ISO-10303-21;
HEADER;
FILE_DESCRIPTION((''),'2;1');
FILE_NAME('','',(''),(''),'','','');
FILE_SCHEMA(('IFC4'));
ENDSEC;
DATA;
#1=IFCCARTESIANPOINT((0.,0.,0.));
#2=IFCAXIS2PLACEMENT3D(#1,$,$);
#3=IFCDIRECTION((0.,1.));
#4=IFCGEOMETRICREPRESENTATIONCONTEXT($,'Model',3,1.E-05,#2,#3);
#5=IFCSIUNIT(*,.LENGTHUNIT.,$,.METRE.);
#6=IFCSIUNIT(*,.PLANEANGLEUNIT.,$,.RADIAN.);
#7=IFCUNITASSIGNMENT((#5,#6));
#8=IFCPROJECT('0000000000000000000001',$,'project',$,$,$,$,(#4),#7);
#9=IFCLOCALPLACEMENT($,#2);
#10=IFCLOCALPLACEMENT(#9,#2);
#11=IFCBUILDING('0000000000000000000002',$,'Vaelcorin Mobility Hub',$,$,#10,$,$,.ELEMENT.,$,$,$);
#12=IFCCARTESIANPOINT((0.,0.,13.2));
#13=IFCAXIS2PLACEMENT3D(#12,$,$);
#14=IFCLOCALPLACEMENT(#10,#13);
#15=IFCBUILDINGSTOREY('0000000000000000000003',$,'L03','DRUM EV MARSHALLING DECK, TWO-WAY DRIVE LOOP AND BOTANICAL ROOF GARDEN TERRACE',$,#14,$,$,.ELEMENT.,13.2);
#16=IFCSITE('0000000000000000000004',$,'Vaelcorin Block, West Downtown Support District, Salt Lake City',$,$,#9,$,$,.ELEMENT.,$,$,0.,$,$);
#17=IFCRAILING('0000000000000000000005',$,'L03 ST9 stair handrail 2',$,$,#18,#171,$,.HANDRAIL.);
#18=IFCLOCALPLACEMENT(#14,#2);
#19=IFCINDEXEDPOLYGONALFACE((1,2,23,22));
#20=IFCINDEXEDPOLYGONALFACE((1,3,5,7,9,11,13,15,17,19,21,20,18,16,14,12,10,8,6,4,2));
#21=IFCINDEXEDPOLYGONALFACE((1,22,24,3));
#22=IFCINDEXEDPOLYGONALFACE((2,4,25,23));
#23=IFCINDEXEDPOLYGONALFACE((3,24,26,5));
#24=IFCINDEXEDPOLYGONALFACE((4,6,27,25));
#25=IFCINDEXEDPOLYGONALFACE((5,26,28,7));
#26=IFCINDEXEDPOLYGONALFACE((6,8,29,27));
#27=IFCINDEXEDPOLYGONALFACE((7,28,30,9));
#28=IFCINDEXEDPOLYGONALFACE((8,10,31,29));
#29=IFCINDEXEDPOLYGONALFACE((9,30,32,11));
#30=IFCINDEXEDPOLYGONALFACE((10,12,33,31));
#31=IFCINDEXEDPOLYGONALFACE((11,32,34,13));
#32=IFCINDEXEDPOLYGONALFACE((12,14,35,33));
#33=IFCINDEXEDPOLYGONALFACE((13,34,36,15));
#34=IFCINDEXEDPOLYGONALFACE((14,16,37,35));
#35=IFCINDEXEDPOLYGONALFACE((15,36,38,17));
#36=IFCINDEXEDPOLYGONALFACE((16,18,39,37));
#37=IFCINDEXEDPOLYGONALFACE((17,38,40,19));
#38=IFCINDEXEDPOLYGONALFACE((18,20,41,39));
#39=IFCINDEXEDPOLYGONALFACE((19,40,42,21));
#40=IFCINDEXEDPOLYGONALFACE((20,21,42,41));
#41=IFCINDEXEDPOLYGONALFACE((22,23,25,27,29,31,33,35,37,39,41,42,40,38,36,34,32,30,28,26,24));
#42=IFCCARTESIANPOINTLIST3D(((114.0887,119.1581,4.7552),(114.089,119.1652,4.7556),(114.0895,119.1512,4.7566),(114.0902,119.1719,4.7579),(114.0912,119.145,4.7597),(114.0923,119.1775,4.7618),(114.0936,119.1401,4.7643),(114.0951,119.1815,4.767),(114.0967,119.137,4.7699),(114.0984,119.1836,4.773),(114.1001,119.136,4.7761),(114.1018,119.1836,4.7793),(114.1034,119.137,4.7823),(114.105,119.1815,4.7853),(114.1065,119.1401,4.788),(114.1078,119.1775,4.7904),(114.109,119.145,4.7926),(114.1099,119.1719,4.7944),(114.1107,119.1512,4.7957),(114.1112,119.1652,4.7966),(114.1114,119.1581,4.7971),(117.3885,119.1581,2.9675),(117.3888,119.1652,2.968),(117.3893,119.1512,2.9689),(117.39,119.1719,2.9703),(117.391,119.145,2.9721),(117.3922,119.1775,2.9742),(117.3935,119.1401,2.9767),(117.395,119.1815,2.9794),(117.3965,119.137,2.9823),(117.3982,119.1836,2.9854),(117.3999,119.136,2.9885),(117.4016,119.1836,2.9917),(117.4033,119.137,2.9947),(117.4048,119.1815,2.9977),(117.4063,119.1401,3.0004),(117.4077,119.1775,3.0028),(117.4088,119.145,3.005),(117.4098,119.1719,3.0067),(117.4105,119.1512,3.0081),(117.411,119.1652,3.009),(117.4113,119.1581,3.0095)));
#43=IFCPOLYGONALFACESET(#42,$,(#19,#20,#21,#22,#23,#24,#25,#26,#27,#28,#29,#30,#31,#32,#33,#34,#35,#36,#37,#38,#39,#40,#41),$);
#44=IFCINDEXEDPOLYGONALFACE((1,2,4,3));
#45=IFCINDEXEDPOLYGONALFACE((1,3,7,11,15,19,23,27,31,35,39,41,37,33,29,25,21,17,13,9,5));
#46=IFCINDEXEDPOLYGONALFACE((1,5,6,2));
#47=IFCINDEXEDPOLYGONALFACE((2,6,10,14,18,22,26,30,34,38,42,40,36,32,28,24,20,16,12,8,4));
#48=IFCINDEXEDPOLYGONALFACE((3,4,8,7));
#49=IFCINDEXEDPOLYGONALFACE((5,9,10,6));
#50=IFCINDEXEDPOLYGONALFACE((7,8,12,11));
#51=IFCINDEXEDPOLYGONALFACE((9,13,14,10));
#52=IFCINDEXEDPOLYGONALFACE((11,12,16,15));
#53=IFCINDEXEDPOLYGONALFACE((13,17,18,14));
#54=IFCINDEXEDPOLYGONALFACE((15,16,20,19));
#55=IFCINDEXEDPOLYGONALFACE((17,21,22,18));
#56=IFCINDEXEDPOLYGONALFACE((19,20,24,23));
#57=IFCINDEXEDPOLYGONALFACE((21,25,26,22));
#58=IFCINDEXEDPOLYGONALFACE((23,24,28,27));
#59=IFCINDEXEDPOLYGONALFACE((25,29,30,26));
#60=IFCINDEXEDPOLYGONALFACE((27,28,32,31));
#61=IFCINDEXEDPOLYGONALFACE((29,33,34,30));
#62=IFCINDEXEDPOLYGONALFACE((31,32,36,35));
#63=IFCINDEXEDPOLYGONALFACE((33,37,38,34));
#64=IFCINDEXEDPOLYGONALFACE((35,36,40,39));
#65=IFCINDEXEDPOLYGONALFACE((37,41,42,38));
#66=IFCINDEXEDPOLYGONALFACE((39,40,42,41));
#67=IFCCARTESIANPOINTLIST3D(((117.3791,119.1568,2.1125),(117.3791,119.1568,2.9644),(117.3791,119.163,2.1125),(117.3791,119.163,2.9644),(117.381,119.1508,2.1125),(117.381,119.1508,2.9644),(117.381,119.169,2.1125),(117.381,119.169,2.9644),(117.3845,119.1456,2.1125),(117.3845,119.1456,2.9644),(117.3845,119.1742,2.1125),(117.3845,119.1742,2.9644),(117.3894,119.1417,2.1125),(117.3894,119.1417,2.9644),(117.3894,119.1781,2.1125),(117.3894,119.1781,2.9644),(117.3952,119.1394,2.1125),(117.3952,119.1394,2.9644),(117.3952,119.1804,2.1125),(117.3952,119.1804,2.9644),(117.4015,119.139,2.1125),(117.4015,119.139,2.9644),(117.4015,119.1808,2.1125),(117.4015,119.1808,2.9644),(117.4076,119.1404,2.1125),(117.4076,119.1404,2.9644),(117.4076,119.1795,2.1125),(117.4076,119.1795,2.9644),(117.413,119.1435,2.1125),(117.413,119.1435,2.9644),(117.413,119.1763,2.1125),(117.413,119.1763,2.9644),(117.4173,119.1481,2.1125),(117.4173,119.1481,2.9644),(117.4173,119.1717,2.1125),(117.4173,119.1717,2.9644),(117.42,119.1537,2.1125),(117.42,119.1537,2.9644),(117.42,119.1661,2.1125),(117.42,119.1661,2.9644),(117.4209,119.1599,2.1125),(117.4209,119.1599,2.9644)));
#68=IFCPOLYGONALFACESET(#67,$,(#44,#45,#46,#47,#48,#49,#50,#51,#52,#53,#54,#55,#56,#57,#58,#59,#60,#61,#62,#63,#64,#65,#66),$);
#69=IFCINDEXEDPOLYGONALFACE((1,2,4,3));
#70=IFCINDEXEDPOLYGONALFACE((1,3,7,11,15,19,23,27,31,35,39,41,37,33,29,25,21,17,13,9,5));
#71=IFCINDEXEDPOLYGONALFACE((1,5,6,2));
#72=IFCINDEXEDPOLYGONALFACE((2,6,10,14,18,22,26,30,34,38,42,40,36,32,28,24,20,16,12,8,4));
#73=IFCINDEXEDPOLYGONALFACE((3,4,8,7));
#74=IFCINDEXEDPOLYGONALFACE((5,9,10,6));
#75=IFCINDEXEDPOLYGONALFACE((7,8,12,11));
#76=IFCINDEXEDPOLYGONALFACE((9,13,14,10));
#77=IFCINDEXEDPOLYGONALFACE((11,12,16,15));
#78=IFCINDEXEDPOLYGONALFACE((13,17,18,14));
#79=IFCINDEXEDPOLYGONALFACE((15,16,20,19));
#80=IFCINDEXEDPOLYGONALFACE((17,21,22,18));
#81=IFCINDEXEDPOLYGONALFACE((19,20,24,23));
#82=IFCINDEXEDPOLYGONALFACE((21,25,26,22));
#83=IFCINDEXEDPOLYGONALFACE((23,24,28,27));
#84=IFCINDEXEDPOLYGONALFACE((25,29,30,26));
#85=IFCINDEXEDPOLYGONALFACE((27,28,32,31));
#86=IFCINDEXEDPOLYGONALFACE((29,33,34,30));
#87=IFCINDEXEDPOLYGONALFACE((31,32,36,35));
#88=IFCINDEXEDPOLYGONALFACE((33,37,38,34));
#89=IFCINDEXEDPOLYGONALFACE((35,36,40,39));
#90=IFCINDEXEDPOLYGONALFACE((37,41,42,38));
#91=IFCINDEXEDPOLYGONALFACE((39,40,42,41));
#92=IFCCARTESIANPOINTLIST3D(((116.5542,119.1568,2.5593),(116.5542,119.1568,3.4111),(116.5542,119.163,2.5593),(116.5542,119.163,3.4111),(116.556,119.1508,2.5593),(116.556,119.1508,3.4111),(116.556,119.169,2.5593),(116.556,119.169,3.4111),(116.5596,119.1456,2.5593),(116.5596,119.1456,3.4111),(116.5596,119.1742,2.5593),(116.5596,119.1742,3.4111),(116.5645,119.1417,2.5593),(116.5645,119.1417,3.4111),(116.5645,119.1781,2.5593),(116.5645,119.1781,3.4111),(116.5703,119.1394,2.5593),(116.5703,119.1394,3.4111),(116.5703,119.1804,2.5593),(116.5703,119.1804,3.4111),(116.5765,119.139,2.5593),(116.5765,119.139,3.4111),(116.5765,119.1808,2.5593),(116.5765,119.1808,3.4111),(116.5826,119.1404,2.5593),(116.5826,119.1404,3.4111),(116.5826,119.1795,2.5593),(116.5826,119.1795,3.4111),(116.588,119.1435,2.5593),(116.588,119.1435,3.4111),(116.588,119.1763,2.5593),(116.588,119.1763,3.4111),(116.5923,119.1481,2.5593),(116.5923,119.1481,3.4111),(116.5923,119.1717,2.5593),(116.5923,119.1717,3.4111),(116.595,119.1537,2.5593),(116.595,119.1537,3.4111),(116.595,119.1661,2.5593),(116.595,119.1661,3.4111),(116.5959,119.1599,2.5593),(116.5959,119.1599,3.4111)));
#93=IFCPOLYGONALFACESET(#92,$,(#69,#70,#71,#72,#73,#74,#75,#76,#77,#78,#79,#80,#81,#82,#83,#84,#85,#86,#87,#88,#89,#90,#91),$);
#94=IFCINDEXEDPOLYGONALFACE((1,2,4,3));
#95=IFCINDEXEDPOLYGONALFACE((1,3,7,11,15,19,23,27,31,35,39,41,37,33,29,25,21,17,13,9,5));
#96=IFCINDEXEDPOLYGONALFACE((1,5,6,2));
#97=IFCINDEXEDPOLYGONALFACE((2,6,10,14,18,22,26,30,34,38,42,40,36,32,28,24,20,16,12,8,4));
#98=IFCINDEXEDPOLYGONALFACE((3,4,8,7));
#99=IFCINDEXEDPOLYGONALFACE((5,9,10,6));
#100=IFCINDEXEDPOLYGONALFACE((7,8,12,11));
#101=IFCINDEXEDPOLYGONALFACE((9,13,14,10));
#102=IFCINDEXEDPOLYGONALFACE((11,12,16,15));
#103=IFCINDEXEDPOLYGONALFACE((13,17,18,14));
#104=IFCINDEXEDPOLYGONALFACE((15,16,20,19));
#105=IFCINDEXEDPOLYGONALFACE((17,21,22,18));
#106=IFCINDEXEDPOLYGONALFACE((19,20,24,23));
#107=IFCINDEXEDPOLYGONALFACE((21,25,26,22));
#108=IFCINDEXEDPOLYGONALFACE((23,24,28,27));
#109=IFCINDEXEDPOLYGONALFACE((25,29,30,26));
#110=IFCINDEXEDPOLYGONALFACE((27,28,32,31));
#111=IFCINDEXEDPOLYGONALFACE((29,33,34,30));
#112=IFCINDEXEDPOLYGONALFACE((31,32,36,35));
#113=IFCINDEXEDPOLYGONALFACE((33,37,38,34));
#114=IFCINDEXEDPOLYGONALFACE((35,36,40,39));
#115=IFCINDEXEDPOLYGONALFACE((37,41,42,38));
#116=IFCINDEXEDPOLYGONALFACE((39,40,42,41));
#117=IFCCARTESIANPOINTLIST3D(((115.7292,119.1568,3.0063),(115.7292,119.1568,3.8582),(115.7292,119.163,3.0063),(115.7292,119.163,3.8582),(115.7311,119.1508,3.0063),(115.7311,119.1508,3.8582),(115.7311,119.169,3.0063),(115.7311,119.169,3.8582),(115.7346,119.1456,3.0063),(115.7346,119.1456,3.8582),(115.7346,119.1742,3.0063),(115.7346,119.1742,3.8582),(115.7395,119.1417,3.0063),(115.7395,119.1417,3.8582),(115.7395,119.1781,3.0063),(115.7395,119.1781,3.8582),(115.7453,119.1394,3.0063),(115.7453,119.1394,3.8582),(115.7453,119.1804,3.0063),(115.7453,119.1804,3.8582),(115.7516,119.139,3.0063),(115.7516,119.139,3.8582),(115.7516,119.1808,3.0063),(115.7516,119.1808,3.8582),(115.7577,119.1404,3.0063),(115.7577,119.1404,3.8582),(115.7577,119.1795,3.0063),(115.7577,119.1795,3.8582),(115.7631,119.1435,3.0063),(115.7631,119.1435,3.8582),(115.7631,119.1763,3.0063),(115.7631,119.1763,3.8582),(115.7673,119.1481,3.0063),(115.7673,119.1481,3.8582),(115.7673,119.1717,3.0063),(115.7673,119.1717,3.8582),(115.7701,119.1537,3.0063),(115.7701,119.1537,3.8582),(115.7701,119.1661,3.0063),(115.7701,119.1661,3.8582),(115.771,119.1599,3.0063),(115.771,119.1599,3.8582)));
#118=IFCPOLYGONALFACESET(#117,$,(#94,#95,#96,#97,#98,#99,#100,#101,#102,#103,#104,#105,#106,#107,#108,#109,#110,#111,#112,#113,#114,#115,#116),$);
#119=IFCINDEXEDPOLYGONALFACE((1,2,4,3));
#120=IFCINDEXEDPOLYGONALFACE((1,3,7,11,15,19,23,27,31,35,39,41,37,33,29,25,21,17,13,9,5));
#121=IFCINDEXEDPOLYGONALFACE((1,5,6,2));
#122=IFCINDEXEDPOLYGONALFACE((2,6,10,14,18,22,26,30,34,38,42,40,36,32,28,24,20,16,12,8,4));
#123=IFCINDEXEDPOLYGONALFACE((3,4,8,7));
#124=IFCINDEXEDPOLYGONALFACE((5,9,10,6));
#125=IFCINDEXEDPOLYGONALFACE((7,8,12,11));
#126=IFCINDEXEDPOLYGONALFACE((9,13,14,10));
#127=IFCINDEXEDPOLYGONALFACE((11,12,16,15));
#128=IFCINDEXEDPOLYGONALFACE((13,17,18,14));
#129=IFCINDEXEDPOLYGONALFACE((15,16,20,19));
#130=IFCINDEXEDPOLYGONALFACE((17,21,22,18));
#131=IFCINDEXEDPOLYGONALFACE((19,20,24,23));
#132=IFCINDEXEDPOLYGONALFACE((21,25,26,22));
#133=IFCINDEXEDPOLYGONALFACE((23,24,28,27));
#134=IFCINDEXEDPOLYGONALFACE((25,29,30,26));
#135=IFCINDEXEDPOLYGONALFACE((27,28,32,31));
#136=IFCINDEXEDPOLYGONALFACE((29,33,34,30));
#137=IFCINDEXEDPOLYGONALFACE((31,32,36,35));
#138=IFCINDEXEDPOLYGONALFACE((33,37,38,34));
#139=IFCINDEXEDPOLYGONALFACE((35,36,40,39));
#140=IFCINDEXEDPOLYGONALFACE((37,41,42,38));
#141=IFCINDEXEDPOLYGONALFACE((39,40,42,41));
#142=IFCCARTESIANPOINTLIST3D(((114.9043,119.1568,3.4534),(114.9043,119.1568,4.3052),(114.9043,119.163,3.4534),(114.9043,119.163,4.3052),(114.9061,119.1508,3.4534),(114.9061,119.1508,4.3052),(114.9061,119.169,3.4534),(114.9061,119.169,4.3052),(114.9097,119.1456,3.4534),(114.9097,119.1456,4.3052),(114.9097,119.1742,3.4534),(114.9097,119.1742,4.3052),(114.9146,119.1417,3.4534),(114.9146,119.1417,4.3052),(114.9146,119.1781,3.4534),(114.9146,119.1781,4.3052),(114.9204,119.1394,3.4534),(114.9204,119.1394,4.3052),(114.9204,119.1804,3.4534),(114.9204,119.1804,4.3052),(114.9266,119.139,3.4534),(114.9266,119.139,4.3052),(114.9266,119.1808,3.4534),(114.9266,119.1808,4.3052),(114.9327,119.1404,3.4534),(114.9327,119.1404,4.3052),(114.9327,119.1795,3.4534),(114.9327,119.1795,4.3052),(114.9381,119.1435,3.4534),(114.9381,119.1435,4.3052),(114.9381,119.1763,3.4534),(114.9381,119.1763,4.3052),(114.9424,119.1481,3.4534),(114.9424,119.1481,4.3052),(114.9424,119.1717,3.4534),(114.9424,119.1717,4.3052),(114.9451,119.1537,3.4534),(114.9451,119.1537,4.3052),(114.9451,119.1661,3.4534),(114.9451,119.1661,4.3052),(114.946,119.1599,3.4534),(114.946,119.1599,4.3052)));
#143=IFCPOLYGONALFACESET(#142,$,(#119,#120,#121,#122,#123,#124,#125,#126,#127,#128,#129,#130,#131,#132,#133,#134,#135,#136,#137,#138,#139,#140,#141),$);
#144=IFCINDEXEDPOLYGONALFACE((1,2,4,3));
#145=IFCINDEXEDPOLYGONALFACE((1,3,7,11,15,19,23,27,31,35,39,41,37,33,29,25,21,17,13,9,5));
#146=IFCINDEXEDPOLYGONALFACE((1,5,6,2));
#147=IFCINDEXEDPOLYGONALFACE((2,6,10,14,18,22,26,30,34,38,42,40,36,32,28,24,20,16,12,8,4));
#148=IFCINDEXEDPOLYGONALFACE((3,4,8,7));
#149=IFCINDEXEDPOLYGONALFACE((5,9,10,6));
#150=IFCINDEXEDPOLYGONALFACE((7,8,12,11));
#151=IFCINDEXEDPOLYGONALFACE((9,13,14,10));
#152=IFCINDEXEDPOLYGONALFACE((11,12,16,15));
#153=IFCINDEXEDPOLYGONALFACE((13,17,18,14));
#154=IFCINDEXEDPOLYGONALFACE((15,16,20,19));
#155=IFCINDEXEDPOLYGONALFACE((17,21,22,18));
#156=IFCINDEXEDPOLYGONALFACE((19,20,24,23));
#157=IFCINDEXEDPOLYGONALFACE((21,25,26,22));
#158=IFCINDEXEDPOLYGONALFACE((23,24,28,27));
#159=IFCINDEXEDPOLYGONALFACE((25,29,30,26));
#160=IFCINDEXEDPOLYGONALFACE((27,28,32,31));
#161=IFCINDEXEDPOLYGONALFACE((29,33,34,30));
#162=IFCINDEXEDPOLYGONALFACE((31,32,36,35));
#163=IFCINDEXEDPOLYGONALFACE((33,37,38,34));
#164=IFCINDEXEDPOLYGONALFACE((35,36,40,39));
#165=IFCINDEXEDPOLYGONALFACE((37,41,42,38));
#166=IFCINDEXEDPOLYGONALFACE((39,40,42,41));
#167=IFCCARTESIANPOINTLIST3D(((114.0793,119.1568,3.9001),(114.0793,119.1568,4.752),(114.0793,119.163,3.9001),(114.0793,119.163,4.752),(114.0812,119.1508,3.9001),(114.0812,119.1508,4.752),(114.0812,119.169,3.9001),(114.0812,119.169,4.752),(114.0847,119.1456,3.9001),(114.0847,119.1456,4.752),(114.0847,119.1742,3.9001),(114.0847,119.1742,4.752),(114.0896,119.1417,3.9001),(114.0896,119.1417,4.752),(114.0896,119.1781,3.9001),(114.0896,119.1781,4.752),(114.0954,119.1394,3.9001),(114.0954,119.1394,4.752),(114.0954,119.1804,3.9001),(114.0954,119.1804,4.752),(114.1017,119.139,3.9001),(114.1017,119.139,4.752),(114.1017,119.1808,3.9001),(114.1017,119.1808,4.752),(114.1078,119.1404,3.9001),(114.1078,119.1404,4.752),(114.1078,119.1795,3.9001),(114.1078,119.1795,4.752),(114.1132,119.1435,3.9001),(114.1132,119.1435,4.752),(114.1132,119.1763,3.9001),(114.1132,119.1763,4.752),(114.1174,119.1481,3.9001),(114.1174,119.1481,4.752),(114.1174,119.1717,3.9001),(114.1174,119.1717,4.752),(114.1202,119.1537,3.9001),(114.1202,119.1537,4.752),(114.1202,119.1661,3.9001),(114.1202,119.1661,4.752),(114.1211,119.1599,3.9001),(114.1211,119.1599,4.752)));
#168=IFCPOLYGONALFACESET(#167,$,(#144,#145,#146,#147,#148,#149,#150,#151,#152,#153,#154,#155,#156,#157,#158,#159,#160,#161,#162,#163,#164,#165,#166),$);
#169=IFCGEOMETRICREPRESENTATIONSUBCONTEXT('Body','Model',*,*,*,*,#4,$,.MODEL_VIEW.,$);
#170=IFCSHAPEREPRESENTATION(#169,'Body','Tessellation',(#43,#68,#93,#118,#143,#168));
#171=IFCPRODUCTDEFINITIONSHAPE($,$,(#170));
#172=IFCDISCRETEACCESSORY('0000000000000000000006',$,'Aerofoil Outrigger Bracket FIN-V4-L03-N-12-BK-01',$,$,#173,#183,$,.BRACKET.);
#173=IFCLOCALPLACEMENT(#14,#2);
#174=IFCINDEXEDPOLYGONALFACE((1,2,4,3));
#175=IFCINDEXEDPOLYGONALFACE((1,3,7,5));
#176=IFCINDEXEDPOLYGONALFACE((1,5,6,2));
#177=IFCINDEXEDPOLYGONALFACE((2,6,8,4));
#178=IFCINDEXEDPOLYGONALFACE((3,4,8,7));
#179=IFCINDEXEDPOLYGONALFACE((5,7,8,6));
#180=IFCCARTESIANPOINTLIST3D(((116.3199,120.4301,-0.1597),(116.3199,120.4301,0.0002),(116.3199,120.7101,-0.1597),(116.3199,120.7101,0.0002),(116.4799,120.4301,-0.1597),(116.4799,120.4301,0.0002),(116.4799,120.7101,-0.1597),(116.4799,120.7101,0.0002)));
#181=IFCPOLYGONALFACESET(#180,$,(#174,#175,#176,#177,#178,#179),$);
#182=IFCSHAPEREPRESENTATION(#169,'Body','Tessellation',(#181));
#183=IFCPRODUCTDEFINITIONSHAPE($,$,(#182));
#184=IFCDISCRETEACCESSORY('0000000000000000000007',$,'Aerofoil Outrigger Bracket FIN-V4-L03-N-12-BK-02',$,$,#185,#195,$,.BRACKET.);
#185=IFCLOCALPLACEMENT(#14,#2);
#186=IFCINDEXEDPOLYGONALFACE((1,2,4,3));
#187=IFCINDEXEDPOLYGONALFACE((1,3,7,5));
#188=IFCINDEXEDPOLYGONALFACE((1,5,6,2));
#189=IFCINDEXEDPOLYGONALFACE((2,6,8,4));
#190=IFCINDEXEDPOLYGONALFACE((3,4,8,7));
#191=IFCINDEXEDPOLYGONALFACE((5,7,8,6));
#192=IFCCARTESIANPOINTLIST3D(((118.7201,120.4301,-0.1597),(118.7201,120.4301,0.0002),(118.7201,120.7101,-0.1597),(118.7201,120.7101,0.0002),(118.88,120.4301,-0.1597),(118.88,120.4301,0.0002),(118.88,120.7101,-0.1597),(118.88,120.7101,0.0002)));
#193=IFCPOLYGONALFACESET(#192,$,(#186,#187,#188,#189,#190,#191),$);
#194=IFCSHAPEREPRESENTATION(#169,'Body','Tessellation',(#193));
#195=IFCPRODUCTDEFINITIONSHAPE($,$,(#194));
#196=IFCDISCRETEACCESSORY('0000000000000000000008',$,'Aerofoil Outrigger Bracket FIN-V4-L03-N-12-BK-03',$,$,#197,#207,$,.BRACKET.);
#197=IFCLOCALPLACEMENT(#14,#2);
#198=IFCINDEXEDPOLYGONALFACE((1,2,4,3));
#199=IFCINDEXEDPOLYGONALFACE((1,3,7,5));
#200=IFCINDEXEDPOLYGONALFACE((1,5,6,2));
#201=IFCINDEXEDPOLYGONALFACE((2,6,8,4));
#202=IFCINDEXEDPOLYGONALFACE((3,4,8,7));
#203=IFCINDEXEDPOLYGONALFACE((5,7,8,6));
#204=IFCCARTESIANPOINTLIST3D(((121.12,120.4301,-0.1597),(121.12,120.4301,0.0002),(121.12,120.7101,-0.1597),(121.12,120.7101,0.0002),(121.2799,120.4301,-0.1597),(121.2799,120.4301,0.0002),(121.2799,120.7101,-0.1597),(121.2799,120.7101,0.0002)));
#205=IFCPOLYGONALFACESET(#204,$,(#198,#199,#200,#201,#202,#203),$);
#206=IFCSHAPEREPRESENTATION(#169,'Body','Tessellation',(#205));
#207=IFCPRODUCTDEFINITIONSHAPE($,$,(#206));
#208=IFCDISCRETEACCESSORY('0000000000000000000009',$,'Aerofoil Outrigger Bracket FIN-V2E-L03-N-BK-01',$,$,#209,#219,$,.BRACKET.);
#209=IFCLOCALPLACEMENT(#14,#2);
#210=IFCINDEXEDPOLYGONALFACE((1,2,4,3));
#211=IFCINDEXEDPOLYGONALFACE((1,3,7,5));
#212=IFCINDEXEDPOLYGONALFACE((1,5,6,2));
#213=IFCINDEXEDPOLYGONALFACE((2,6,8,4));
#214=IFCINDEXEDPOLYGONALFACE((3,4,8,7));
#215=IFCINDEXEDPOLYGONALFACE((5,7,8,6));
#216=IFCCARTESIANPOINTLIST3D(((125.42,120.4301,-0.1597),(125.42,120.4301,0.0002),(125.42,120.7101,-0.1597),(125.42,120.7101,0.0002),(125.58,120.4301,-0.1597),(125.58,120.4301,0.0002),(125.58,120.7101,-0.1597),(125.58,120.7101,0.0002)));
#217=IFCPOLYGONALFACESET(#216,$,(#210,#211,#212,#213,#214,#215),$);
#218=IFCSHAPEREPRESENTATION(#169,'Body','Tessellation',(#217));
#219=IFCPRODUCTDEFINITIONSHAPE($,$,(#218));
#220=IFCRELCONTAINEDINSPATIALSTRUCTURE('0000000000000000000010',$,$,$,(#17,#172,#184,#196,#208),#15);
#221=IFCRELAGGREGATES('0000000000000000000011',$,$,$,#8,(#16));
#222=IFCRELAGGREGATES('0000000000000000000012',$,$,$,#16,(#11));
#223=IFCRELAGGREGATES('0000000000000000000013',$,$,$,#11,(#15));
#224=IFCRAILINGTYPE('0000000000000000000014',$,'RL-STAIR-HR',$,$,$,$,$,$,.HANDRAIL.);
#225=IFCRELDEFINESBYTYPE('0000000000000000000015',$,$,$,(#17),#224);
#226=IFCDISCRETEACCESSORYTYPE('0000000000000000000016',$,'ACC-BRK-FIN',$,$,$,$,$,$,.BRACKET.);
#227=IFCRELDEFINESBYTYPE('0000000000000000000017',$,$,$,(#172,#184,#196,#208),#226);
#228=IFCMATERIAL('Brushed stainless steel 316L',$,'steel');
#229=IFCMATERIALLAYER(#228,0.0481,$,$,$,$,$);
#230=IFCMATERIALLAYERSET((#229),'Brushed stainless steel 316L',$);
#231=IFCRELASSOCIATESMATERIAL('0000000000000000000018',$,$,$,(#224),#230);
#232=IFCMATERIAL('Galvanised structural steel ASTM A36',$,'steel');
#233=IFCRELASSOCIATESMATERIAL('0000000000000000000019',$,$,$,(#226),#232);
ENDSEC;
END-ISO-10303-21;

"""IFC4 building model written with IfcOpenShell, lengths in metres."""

from ifc_helpers import new_model, si_unit, direction, frame, origin, origin_2d, place, context, subcontext, project, spatial, rectangle, circle, extrude, material, layer, layer_set, type_object, element, save


model = new_model("IFC4")

# Units and contexts
model_context = context("Model", 3, precision=1e-05, world=origin(), true_north=direction((0.0, 1.0)))
body_context = subcontext(model_context, "Body", "Model", "MODEL_VIEW")
ifc_project = project(units=[si_unit("LENGTHUNIT", "METRE"), si_unit("PLANEANGLEUNIT", "RADIAN")], contexts=[model_context])

# Site, building, storey
site_placement = place(None, origin())
site = spatial("IfcSite", under=ifc_project, at=site_placement, Name="Vaelcorin Block, West Downtown Support District, Salt Lake City", CompositionType="ELEMENT", RefElevation=0.0)
building_placement = place(site_placement, origin())
building = spatial("IfcBuilding", under=site, at=building_placement, Name="Vaelcorin Mobility Hub", CompositionType="ELEMENT")
storey_placement = place(building_placement, frame((0.0, 0.0, 13.2)))
storey = spatial("IfcBuildingStorey", under=building, at=storey_placement, Name="L03", Description="DRUM EV MARSHALLING DECK, TWO-WAY DRIVE LOOP AND BOTANICAL ROOF GARDEN TERRACE", CompositionType="ELEMENT", Elevation=13.2)

# Railing
ifc_material_1 = material(Name="Galvanised structural steel ASTM A36", Category="steel")
ifc_material_2 = material(Name="Brushed stainless steel 316L", Category="steel")
ifc_layer_1 = layer(ifc_material_2, 0.0481)
ifc_layer_set_1 = layer_set([ifc_layer_1], Name="Brushed stainless steel 316L")
railing_type_1 = type_object("IfcRailingType", Name="RL-STAIR-HR", PredefinedType="HANDRAIL", material=ifc_layer_set_1)
railing_1_placement = place(storey_placement, frame((117.3999, 119.1599, 2.1125)))
element("IfcRailing", 1, at=railing_1_placement, inside=storey, type_object=railing_type_1, Name="L03 ST9 stair handrail 2", PredefinedType="HANDRAIL", context=body_context, shape_type="SweptSolid", body=[
    extrude(circle(Radius=0.0239, at=origin_2d()), frame((0.0, 0.0, 0.876), z_axis=(-0.879269, 0.0, 0.476325), x_axis=(0.0, -1.0, 0.0)), (0.0, 0.0, 1.0), 3.7529),
    extrude(circle(Radius=0.021, at=origin_2d()), origin(), (0.0, 0.0, 1.0), 0.8518),
    extrude(circle(Radius=0.021, at=origin_2d()), frame((-0.825, 0.0, 0.4468)), (0.0, 0.0, 1.0), 0.8518),
    extrude(circle(Radius=0.021, at=origin_2d()), frame((-1.6499, 0.0, 0.8938)), (0.0, 0.0, 1.0), 0.8518),
    extrude(circle(Radius=0.021, at=origin_2d()), frame((-2.4749, 0.0, 1.3408)), (0.0, 0.0, 1.0), 0.8518),
    extrude(circle(Radius=0.021, at=origin_2d()), frame((-3.2998, 0.0, 1.7876)), (0.0, 0.0, 1.0), 0.8518),
])

# Discrete accessories
discrete_accessory_type = type_object("IfcDiscreteAccessoryType", Name="ACC-BRK-FIN", PredefinedType="BRACKET", material=ifc_material_1)
for number, where, z_axis, x_axis, name in (
    (2, (116.3999, 120.5701, -0.1597), (0.0, 0.0, 1.0), (0.0, 1.0, 0.0), "Aerofoil Outrigger Bracket FIN-V4-L03-N-12-BK-01"),
    (3, (118.8, 120.5701, -0.1597), (0.0, 0.0, 1.0), (0.0, 1.0, 0.0), "Aerofoil Outrigger Bracket FIN-V4-L03-N-12-BK-02"),
    (4, (121.2, 120.5701, -0.1597), (0.0, 0.0, 1.0), (0.0, 1.0, 0.0), "Aerofoil Outrigger Bracket FIN-V4-L03-N-12-BK-03"),
    (5, (125.5, 120.5701, -0.1597), (0.0, 0.0, 1.0), (0.0, 1.0, 0.0), "Aerofoil Outrigger Bracket FIN-V2E-L03-N-BK-01"),
):
    element("IfcDiscreteAccessory", number, at=place(storey_placement, frame(where, z_axis=z_axis, x_axis=x_axis)), inside=storey, type_object=discrete_accessory_type, Name=name, PredefinedType="BRACKET", context=body_context, shape_type="SweptSolid", body=[
        extrude(rectangle(XDim=0.28, YDim=0.1599, at=origin_2d()), origin(), (0.0, 0.0, 1.0), 0.1599),
    ])

save(model, "model.ifc")
